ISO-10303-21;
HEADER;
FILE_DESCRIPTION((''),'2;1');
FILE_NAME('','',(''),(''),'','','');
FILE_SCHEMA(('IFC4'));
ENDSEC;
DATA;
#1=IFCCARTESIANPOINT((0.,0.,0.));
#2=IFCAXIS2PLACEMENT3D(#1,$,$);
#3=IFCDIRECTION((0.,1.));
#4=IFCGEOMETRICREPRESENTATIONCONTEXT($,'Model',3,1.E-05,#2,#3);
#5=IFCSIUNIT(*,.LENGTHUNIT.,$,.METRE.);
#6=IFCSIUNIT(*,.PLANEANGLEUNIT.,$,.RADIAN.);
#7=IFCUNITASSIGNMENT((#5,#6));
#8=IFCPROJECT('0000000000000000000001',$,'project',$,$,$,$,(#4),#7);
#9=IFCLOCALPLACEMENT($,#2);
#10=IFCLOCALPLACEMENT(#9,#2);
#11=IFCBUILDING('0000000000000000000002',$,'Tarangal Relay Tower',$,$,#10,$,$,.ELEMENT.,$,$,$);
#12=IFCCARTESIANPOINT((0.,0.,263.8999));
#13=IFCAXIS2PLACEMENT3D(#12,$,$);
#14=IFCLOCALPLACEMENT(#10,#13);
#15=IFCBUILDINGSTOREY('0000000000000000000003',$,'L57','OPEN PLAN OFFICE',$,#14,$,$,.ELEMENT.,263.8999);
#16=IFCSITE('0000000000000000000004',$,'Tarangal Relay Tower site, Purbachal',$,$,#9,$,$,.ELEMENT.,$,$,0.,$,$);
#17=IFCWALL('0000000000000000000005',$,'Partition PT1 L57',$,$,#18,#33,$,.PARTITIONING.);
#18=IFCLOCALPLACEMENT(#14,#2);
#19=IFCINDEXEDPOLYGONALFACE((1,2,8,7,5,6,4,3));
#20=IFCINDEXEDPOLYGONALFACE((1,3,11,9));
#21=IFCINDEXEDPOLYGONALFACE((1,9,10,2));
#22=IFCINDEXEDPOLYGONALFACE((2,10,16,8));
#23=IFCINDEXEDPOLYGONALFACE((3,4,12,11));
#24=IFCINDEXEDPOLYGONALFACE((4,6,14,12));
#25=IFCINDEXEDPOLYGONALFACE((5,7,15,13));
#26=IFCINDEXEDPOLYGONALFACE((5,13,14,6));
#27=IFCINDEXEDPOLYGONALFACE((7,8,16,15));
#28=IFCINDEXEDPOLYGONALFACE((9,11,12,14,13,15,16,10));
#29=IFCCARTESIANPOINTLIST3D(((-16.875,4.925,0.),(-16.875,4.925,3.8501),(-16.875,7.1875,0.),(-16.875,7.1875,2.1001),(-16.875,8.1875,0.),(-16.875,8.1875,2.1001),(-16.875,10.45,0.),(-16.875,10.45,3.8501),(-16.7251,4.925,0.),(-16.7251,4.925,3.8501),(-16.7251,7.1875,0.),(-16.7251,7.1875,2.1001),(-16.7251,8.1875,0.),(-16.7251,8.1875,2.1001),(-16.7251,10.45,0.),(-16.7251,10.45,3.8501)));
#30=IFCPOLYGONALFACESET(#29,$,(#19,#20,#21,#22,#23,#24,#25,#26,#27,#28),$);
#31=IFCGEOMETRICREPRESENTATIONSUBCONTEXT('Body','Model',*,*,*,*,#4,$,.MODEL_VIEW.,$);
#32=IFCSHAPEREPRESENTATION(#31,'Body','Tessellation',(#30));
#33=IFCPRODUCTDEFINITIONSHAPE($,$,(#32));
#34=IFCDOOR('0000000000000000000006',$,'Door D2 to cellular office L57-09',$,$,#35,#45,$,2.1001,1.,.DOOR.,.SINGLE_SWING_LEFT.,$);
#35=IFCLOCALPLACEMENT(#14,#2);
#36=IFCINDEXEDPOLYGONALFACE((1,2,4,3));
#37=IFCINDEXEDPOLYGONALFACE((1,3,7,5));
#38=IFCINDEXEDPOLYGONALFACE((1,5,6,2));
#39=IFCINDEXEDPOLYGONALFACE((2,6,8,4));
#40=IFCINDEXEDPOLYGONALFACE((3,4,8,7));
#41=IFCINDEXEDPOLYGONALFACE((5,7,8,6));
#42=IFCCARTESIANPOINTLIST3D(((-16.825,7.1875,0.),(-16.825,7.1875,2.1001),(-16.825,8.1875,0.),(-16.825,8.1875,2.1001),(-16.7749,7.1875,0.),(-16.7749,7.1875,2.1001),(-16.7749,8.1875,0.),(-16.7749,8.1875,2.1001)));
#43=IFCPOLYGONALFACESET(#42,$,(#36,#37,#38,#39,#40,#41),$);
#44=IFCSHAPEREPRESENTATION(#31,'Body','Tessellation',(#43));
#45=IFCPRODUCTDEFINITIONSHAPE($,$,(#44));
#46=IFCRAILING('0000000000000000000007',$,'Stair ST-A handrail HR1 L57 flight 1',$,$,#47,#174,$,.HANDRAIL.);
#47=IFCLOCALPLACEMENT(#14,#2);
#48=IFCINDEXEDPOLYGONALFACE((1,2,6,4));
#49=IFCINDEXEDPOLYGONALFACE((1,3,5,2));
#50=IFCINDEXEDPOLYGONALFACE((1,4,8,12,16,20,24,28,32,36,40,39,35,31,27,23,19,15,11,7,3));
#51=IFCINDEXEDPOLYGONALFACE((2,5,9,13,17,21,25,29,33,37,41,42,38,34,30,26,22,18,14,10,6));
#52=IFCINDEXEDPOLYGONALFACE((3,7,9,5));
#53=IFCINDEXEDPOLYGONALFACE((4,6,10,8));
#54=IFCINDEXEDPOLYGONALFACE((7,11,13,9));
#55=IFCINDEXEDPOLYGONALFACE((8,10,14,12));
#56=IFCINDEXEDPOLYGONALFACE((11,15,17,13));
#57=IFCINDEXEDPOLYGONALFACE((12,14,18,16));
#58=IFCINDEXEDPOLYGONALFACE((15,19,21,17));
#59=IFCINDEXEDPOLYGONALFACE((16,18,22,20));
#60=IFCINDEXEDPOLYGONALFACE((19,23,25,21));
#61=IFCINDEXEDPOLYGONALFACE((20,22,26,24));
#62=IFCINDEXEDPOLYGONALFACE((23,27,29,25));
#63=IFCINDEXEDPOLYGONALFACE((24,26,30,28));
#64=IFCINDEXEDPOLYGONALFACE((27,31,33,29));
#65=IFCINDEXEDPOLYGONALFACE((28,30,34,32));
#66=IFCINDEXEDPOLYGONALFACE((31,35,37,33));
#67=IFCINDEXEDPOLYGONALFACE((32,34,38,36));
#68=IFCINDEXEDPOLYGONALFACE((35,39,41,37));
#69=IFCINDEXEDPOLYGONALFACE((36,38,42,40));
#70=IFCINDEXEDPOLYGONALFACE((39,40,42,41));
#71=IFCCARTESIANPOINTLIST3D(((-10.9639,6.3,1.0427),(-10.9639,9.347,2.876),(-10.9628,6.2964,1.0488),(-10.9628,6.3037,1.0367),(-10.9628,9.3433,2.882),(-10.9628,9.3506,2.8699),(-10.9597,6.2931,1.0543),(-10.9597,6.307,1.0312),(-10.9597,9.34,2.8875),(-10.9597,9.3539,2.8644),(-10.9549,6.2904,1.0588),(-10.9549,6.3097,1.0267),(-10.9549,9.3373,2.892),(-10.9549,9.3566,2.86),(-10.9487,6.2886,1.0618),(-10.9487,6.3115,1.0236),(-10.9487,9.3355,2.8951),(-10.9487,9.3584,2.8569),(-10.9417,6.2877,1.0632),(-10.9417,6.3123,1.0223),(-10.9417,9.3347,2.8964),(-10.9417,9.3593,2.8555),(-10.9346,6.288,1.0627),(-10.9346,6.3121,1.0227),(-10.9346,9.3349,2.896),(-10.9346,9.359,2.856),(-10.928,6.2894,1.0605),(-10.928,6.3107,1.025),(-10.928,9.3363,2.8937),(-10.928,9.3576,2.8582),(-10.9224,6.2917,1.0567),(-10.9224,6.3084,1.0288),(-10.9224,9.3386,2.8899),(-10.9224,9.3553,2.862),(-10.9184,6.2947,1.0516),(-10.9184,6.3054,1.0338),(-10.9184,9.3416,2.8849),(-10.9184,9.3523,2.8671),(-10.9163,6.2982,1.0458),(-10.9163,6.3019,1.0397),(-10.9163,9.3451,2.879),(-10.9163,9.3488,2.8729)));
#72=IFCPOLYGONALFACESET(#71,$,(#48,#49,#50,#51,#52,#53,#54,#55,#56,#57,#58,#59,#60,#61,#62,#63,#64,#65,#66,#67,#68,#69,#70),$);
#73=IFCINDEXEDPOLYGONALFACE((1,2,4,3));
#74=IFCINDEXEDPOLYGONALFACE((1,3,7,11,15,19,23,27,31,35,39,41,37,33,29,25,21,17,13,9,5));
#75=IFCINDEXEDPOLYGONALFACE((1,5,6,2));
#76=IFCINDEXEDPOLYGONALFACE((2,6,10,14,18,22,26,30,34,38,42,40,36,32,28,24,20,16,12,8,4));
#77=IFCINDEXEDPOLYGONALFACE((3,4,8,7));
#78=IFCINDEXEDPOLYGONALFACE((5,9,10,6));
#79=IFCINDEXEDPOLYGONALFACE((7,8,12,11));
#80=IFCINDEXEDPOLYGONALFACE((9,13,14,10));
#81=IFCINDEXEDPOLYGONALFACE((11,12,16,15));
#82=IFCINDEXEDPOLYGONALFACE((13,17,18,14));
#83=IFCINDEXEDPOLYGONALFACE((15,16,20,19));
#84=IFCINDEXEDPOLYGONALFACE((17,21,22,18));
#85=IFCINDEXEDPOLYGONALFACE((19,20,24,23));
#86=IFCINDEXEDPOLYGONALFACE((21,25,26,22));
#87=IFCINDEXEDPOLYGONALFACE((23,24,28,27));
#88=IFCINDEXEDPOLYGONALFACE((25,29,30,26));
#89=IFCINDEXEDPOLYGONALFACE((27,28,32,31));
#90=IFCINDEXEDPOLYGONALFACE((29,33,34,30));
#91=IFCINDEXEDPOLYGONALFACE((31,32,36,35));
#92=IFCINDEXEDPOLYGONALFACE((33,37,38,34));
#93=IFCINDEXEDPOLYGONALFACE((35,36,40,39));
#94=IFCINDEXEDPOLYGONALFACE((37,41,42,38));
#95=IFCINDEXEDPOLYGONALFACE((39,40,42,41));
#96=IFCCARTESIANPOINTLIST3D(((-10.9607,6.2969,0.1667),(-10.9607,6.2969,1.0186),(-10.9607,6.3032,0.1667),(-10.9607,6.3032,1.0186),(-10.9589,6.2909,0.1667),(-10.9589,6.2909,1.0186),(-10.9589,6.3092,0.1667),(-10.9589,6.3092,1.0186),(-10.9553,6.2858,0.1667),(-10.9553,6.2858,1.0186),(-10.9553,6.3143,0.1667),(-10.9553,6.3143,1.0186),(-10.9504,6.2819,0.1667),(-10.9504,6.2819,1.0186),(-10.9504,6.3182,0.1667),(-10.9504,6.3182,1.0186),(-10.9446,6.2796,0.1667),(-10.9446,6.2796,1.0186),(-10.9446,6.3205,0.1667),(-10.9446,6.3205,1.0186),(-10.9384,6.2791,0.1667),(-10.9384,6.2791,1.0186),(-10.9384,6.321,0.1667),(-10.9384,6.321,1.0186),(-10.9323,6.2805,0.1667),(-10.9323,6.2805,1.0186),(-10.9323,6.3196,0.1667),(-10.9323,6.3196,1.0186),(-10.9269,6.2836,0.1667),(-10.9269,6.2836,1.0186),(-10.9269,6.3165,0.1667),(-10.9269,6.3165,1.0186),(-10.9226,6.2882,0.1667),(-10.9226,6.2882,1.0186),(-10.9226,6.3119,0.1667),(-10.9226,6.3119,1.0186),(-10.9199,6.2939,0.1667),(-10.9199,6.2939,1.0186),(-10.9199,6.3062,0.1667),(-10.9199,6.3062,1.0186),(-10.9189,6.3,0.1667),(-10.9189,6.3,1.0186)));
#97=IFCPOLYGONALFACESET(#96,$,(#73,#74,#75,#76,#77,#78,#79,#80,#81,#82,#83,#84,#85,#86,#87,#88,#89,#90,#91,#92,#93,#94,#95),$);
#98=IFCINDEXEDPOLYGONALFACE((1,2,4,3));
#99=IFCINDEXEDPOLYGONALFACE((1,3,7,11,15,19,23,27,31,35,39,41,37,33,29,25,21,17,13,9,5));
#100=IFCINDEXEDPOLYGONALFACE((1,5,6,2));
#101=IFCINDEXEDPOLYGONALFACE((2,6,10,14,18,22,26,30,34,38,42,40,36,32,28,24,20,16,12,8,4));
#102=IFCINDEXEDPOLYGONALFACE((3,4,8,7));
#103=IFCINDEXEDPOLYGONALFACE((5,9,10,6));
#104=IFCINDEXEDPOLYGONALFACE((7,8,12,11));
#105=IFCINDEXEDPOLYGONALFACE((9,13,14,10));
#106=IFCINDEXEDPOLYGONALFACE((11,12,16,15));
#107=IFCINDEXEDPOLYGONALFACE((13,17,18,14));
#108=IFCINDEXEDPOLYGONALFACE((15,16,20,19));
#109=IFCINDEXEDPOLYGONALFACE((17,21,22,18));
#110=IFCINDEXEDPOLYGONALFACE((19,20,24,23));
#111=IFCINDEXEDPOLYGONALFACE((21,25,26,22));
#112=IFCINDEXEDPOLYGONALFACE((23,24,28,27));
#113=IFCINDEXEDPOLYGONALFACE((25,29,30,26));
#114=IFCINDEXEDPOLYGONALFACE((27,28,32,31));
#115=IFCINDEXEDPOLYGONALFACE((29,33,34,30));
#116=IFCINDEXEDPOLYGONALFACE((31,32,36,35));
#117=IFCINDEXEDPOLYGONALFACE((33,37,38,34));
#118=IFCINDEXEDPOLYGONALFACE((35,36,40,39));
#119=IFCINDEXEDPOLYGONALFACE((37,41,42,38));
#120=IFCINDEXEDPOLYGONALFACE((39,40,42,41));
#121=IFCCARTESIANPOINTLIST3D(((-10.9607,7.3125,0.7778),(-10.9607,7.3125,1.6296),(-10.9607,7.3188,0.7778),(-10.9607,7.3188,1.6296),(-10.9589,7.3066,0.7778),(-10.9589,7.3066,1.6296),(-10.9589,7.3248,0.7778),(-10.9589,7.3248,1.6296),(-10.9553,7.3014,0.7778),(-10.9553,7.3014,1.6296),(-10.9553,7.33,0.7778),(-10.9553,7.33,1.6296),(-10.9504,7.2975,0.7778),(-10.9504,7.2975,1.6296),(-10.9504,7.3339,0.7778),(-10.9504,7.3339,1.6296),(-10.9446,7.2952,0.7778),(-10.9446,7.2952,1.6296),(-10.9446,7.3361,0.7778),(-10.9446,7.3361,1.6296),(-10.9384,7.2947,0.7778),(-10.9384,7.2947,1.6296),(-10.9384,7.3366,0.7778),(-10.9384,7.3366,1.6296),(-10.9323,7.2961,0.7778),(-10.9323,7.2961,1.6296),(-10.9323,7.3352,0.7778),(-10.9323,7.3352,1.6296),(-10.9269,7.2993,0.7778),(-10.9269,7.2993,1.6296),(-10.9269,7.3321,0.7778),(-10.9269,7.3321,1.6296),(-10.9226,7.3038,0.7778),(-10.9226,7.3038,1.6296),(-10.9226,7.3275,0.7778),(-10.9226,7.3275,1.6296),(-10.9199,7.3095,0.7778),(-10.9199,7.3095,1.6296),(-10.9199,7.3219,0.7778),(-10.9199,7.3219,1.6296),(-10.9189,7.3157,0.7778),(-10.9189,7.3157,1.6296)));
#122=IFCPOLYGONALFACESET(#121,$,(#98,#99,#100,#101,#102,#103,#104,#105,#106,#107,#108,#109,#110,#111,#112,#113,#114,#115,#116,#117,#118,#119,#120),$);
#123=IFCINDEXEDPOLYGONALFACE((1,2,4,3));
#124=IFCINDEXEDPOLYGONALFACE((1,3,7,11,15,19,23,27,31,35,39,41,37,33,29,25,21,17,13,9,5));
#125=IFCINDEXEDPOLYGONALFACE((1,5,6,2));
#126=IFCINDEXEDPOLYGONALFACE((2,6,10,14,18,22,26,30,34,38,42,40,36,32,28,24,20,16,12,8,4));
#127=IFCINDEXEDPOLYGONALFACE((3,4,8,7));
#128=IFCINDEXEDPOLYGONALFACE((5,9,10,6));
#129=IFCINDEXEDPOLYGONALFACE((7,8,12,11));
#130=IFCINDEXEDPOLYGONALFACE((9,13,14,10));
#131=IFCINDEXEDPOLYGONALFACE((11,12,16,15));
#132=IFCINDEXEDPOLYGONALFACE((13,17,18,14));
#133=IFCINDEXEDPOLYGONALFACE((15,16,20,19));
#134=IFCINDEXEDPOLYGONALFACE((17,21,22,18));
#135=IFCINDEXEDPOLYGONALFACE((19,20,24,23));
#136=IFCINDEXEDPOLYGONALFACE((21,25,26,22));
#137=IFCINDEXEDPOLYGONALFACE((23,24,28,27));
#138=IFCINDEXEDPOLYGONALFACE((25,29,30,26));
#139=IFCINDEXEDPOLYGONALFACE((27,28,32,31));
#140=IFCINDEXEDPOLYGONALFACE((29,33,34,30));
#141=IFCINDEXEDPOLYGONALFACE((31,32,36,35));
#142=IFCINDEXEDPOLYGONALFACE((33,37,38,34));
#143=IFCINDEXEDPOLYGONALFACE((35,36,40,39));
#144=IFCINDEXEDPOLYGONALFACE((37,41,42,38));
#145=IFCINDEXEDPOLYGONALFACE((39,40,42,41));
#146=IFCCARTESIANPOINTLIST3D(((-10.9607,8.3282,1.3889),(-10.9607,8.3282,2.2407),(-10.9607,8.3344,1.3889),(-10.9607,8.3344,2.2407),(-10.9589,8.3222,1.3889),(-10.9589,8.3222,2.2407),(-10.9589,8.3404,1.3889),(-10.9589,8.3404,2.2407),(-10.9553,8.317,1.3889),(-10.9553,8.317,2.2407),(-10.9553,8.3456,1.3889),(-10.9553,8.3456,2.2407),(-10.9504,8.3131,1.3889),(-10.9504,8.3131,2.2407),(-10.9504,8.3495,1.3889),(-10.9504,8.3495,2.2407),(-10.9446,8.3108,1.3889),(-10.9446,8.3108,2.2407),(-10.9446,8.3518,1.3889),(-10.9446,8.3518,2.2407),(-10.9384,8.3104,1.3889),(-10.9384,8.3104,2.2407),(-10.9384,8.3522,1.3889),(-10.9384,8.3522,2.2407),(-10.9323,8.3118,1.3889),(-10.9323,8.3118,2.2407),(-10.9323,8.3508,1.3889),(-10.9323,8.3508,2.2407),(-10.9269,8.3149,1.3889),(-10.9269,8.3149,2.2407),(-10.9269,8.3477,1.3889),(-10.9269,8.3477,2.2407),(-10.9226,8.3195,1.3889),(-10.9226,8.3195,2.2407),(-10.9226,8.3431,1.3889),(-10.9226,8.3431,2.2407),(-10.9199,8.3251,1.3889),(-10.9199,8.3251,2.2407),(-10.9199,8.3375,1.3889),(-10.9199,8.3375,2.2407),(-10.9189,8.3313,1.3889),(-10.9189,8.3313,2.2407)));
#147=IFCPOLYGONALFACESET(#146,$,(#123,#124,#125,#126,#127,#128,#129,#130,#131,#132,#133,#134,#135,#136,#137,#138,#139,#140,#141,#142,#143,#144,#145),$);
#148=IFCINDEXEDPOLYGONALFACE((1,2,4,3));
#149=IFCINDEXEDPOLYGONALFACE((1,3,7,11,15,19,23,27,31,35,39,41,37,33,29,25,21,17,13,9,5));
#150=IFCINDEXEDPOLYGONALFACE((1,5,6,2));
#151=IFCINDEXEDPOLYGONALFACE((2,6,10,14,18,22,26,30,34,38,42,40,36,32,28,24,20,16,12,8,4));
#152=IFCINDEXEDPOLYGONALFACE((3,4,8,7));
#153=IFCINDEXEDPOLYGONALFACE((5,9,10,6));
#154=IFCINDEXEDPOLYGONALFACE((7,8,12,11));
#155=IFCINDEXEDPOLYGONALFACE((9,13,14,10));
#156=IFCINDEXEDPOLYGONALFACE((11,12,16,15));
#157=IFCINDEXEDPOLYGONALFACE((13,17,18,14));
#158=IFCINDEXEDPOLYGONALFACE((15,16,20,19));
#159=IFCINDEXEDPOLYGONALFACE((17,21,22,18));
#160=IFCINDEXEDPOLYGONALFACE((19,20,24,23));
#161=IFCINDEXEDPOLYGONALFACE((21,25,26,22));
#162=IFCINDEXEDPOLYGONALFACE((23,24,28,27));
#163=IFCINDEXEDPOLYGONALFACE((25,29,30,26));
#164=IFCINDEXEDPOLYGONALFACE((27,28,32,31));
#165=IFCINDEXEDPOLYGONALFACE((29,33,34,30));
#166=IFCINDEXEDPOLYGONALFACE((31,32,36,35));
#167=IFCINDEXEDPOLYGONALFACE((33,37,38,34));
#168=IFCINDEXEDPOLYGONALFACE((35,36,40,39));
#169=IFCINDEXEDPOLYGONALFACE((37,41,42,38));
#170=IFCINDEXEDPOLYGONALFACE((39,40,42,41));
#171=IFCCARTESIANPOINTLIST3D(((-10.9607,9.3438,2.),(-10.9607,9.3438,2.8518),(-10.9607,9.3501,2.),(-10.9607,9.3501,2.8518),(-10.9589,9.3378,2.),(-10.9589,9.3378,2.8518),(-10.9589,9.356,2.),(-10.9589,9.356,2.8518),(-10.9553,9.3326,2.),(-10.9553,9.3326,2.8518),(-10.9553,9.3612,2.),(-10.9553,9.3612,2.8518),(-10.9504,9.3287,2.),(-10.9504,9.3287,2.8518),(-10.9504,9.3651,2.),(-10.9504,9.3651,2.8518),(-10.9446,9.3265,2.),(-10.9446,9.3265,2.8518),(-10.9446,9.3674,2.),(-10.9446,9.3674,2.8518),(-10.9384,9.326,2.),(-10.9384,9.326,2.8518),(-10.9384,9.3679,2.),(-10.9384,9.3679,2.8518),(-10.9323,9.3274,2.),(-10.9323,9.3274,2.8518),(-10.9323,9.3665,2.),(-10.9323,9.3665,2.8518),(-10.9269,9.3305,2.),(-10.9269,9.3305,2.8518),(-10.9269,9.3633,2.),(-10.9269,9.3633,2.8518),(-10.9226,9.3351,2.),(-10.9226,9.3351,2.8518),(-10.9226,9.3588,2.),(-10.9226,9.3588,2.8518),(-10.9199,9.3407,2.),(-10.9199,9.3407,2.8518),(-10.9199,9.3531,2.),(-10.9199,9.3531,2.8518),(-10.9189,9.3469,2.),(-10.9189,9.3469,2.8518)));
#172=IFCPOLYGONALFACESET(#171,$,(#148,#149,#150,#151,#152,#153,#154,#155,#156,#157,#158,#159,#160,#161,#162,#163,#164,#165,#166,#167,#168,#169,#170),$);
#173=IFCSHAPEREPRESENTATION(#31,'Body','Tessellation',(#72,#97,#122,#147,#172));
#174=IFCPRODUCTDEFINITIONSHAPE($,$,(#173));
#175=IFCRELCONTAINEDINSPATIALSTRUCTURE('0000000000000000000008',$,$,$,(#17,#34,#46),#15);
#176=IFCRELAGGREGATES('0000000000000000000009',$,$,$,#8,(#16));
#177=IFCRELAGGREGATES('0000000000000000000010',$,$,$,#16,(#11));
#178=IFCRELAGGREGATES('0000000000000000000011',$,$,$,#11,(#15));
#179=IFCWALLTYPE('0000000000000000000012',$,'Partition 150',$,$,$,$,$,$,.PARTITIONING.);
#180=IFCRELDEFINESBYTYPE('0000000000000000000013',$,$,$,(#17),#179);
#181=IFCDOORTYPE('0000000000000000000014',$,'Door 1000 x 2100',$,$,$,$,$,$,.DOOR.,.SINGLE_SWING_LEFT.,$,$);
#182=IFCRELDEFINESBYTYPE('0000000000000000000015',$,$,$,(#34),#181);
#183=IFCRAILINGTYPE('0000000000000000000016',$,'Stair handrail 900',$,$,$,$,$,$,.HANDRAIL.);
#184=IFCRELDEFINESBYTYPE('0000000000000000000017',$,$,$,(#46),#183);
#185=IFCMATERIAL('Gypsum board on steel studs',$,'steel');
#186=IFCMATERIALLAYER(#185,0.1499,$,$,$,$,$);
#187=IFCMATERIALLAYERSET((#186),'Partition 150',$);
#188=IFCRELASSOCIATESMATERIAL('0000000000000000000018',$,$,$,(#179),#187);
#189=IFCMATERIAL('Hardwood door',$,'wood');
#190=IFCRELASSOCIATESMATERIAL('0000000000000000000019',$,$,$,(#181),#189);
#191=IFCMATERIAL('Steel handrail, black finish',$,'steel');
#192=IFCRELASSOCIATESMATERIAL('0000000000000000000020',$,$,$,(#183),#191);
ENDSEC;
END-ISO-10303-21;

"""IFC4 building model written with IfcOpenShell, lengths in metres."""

from ifc_helpers import new_model, si_unit, direction, frame, frame_2d, origin, origin_2d, place, context, subcontext, project, spatial, rectangle, circle, extrude, material, layer, layer_set, type_object, element, fill, save


model = new_model("IFC4")

# Units and contexts
model_context = context("Model", 3, precision=1e-05, world=origin(), true_north=direction((0.0, 1.0)))
body_context = subcontext(model_context, "Body", "Model", "MODEL_VIEW")
ifc_project = project(units=[si_unit("LENGTHUNIT", "METRE"), si_unit("PLANEANGLEUNIT", "RADIAN")], contexts=[model_context])

# Site, building, storey
site_placement = place(None, origin())
site = spatial("IfcSite", under=ifc_project, at=site_placement, Name="Tarangal Relay Tower site, Purbachal", CompositionType="ELEMENT", RefElevation=0.0)
building_placement = place(site_placement, origin())
building = spatial("IfcBuilding", under=site, at=building_placement, Name="Tarangal Relay Tower", CompositionType="ELEMENT")
storey_placement = place(building_placement, frame((0.0, 0.0, 263.8999)))
storey = spatial("IfcBuildingStorey", under=building, at=storey_placement, Name="L57", Description="OPEN PLAN OFFICE", CompositionType="ELEMENT", Elevation=263.8999)

# Shared definitions
ifc_material_1 = material(Name="Gypsum board on steel studs", Category="steel")
ifc_layer_1 = layer(ifc_material_1, 0.1499)
ifc_layer_set_1 = layer_set([ifc_layer_1], Name="Partition 150")
wall_type_1 = type_object("IfcWallType", Name="Partition 150", PredefinedType="PARTITIONING", material=ifc_layer_set_1)

# Wall, opening, door
wall_1_placement = place(storey_placement, frame((-16.8, 4.925, 0.0), z_axis=(0.0, 0.0, 1.0), x_axis=(0.0, 1.0, 0.0)))
wall_1 = element("IfcWall", 1, at=wall_1_placement, inside=storey, type_object=wall_type_1, Name="Partition PT1 L57", PredefinedType="PARTITIONING", context=body_context, shape_type="SweptSolid", body=[
    extrude(rectangle(XDim=5.5249, YDim=0.1499, at=frame_2d((2.7625, 0.0))), origin(), (0.0, 0.0, 1.0), 3.8501),
])
opening_1_placement = place(wall_1_placement, frame((2.2625, 0.0, 0.0)))
opening_1 = element("IfcOpeningElement", 2, at=opening_1_placement, cuts=wall_1, PredefinedType="OPENING", context=body_context, shape_type="SweptSolid", body=[
    extrude(rectangle(XDim=1.0, YDim=2.1001, at=frame_2d((0.5, 1.05))), frame((0.0, 0.085, 0.0), z_axis=(0.0, -1.0, 0.0), x_axis=(1.0, 0.0, 0.0)), (0.0, 0.0, 1.0), 0.1699),
])
ifc_material_2 = material(Name="Hardwood door", Category="wood")
door_type_1 = type_object("IfcDoorType", Name="Door 1000 x 2100", OperationType="SINGLE_SWING_LEFT", PredefinedType="DOOR", material=ifc_material_2)
door_1_placement = place(opening_1_placement, origin())
door_1 = element("IfcDoor", 3, at=door_1_placement, inside=storey, type_object=door_type_1, Name="Door D2 to cellular office L57-09", OperationType="SINGLE_SWING_LEFT", OverallHeight=2.1001, OverallWidth=1.0, PredefinedType="DOOR", context=body_context, shape_type="SweptSolid", body=[
    extrude(rectangle(XDim=1.0, YDim=2.1001, at=frame_2d((0.5, 1.05))), frame((0.0, 0.0249, 0.0), z_axis=(0.0, -1.0, 0.0), x_axis=(1.0, 0.0, 0.0)), (0.0, 0.0, 1.0), 0.05),
])
fill(opening_1, door_1)

# Railing
ifc_material_3 = material(Name="Steel handrail, black finish", Category="steel")
railing_type = type_object("IfcRailingType", Name="Stair handrail 900", PredefinedType="HANDRAIL", material=ifc_material_3)
railing_placement = place(storey_placement, frame((-10.9399, 6.3, 0.1667)))
element("IfcRailing", 4, at=railing_placement, inside=storey, type_object=railing_type, Name="Stair ST-A handrail HR1 L57 flight 1", PredefinedType="HANDRAIL", context=body_context, shape_type="SweptSolid", body=[
    extrude(circle(Radius=0.0239, at=origin_2d()), frame((0.0, 0.0, 0.876), z_axis=(0.0, 0.856856, 0.515556), x_axis=(-1.0, 0.0, 0.0)), (0.0, 0.0, 1.0), 3.5559),
    extrude(circle(Radius=0.021, at=origin_2d()), origin(), (0.0, 0.0, 1.0), 0.8518),
    extrude(circle(Radius=0.021, at=origin_2d()), frame((0.0, 1.0156, 0.6111)), (0.0, 0.0, 1.0), 0.8518),
    extrude(circle(Radius=0.021, at=origin_2d()), frame((0.0, 2.0312, 1.2222)), (0.0, 0.0, 1.0), 0.8518),
    extrude(circle(Radius=0.021, at=origin_2d()), frame((0.0, 3.0469, 1.8333)), (0.0, 0.0, 1.0), 0.8518),
])

save(model, "model.ifc")
